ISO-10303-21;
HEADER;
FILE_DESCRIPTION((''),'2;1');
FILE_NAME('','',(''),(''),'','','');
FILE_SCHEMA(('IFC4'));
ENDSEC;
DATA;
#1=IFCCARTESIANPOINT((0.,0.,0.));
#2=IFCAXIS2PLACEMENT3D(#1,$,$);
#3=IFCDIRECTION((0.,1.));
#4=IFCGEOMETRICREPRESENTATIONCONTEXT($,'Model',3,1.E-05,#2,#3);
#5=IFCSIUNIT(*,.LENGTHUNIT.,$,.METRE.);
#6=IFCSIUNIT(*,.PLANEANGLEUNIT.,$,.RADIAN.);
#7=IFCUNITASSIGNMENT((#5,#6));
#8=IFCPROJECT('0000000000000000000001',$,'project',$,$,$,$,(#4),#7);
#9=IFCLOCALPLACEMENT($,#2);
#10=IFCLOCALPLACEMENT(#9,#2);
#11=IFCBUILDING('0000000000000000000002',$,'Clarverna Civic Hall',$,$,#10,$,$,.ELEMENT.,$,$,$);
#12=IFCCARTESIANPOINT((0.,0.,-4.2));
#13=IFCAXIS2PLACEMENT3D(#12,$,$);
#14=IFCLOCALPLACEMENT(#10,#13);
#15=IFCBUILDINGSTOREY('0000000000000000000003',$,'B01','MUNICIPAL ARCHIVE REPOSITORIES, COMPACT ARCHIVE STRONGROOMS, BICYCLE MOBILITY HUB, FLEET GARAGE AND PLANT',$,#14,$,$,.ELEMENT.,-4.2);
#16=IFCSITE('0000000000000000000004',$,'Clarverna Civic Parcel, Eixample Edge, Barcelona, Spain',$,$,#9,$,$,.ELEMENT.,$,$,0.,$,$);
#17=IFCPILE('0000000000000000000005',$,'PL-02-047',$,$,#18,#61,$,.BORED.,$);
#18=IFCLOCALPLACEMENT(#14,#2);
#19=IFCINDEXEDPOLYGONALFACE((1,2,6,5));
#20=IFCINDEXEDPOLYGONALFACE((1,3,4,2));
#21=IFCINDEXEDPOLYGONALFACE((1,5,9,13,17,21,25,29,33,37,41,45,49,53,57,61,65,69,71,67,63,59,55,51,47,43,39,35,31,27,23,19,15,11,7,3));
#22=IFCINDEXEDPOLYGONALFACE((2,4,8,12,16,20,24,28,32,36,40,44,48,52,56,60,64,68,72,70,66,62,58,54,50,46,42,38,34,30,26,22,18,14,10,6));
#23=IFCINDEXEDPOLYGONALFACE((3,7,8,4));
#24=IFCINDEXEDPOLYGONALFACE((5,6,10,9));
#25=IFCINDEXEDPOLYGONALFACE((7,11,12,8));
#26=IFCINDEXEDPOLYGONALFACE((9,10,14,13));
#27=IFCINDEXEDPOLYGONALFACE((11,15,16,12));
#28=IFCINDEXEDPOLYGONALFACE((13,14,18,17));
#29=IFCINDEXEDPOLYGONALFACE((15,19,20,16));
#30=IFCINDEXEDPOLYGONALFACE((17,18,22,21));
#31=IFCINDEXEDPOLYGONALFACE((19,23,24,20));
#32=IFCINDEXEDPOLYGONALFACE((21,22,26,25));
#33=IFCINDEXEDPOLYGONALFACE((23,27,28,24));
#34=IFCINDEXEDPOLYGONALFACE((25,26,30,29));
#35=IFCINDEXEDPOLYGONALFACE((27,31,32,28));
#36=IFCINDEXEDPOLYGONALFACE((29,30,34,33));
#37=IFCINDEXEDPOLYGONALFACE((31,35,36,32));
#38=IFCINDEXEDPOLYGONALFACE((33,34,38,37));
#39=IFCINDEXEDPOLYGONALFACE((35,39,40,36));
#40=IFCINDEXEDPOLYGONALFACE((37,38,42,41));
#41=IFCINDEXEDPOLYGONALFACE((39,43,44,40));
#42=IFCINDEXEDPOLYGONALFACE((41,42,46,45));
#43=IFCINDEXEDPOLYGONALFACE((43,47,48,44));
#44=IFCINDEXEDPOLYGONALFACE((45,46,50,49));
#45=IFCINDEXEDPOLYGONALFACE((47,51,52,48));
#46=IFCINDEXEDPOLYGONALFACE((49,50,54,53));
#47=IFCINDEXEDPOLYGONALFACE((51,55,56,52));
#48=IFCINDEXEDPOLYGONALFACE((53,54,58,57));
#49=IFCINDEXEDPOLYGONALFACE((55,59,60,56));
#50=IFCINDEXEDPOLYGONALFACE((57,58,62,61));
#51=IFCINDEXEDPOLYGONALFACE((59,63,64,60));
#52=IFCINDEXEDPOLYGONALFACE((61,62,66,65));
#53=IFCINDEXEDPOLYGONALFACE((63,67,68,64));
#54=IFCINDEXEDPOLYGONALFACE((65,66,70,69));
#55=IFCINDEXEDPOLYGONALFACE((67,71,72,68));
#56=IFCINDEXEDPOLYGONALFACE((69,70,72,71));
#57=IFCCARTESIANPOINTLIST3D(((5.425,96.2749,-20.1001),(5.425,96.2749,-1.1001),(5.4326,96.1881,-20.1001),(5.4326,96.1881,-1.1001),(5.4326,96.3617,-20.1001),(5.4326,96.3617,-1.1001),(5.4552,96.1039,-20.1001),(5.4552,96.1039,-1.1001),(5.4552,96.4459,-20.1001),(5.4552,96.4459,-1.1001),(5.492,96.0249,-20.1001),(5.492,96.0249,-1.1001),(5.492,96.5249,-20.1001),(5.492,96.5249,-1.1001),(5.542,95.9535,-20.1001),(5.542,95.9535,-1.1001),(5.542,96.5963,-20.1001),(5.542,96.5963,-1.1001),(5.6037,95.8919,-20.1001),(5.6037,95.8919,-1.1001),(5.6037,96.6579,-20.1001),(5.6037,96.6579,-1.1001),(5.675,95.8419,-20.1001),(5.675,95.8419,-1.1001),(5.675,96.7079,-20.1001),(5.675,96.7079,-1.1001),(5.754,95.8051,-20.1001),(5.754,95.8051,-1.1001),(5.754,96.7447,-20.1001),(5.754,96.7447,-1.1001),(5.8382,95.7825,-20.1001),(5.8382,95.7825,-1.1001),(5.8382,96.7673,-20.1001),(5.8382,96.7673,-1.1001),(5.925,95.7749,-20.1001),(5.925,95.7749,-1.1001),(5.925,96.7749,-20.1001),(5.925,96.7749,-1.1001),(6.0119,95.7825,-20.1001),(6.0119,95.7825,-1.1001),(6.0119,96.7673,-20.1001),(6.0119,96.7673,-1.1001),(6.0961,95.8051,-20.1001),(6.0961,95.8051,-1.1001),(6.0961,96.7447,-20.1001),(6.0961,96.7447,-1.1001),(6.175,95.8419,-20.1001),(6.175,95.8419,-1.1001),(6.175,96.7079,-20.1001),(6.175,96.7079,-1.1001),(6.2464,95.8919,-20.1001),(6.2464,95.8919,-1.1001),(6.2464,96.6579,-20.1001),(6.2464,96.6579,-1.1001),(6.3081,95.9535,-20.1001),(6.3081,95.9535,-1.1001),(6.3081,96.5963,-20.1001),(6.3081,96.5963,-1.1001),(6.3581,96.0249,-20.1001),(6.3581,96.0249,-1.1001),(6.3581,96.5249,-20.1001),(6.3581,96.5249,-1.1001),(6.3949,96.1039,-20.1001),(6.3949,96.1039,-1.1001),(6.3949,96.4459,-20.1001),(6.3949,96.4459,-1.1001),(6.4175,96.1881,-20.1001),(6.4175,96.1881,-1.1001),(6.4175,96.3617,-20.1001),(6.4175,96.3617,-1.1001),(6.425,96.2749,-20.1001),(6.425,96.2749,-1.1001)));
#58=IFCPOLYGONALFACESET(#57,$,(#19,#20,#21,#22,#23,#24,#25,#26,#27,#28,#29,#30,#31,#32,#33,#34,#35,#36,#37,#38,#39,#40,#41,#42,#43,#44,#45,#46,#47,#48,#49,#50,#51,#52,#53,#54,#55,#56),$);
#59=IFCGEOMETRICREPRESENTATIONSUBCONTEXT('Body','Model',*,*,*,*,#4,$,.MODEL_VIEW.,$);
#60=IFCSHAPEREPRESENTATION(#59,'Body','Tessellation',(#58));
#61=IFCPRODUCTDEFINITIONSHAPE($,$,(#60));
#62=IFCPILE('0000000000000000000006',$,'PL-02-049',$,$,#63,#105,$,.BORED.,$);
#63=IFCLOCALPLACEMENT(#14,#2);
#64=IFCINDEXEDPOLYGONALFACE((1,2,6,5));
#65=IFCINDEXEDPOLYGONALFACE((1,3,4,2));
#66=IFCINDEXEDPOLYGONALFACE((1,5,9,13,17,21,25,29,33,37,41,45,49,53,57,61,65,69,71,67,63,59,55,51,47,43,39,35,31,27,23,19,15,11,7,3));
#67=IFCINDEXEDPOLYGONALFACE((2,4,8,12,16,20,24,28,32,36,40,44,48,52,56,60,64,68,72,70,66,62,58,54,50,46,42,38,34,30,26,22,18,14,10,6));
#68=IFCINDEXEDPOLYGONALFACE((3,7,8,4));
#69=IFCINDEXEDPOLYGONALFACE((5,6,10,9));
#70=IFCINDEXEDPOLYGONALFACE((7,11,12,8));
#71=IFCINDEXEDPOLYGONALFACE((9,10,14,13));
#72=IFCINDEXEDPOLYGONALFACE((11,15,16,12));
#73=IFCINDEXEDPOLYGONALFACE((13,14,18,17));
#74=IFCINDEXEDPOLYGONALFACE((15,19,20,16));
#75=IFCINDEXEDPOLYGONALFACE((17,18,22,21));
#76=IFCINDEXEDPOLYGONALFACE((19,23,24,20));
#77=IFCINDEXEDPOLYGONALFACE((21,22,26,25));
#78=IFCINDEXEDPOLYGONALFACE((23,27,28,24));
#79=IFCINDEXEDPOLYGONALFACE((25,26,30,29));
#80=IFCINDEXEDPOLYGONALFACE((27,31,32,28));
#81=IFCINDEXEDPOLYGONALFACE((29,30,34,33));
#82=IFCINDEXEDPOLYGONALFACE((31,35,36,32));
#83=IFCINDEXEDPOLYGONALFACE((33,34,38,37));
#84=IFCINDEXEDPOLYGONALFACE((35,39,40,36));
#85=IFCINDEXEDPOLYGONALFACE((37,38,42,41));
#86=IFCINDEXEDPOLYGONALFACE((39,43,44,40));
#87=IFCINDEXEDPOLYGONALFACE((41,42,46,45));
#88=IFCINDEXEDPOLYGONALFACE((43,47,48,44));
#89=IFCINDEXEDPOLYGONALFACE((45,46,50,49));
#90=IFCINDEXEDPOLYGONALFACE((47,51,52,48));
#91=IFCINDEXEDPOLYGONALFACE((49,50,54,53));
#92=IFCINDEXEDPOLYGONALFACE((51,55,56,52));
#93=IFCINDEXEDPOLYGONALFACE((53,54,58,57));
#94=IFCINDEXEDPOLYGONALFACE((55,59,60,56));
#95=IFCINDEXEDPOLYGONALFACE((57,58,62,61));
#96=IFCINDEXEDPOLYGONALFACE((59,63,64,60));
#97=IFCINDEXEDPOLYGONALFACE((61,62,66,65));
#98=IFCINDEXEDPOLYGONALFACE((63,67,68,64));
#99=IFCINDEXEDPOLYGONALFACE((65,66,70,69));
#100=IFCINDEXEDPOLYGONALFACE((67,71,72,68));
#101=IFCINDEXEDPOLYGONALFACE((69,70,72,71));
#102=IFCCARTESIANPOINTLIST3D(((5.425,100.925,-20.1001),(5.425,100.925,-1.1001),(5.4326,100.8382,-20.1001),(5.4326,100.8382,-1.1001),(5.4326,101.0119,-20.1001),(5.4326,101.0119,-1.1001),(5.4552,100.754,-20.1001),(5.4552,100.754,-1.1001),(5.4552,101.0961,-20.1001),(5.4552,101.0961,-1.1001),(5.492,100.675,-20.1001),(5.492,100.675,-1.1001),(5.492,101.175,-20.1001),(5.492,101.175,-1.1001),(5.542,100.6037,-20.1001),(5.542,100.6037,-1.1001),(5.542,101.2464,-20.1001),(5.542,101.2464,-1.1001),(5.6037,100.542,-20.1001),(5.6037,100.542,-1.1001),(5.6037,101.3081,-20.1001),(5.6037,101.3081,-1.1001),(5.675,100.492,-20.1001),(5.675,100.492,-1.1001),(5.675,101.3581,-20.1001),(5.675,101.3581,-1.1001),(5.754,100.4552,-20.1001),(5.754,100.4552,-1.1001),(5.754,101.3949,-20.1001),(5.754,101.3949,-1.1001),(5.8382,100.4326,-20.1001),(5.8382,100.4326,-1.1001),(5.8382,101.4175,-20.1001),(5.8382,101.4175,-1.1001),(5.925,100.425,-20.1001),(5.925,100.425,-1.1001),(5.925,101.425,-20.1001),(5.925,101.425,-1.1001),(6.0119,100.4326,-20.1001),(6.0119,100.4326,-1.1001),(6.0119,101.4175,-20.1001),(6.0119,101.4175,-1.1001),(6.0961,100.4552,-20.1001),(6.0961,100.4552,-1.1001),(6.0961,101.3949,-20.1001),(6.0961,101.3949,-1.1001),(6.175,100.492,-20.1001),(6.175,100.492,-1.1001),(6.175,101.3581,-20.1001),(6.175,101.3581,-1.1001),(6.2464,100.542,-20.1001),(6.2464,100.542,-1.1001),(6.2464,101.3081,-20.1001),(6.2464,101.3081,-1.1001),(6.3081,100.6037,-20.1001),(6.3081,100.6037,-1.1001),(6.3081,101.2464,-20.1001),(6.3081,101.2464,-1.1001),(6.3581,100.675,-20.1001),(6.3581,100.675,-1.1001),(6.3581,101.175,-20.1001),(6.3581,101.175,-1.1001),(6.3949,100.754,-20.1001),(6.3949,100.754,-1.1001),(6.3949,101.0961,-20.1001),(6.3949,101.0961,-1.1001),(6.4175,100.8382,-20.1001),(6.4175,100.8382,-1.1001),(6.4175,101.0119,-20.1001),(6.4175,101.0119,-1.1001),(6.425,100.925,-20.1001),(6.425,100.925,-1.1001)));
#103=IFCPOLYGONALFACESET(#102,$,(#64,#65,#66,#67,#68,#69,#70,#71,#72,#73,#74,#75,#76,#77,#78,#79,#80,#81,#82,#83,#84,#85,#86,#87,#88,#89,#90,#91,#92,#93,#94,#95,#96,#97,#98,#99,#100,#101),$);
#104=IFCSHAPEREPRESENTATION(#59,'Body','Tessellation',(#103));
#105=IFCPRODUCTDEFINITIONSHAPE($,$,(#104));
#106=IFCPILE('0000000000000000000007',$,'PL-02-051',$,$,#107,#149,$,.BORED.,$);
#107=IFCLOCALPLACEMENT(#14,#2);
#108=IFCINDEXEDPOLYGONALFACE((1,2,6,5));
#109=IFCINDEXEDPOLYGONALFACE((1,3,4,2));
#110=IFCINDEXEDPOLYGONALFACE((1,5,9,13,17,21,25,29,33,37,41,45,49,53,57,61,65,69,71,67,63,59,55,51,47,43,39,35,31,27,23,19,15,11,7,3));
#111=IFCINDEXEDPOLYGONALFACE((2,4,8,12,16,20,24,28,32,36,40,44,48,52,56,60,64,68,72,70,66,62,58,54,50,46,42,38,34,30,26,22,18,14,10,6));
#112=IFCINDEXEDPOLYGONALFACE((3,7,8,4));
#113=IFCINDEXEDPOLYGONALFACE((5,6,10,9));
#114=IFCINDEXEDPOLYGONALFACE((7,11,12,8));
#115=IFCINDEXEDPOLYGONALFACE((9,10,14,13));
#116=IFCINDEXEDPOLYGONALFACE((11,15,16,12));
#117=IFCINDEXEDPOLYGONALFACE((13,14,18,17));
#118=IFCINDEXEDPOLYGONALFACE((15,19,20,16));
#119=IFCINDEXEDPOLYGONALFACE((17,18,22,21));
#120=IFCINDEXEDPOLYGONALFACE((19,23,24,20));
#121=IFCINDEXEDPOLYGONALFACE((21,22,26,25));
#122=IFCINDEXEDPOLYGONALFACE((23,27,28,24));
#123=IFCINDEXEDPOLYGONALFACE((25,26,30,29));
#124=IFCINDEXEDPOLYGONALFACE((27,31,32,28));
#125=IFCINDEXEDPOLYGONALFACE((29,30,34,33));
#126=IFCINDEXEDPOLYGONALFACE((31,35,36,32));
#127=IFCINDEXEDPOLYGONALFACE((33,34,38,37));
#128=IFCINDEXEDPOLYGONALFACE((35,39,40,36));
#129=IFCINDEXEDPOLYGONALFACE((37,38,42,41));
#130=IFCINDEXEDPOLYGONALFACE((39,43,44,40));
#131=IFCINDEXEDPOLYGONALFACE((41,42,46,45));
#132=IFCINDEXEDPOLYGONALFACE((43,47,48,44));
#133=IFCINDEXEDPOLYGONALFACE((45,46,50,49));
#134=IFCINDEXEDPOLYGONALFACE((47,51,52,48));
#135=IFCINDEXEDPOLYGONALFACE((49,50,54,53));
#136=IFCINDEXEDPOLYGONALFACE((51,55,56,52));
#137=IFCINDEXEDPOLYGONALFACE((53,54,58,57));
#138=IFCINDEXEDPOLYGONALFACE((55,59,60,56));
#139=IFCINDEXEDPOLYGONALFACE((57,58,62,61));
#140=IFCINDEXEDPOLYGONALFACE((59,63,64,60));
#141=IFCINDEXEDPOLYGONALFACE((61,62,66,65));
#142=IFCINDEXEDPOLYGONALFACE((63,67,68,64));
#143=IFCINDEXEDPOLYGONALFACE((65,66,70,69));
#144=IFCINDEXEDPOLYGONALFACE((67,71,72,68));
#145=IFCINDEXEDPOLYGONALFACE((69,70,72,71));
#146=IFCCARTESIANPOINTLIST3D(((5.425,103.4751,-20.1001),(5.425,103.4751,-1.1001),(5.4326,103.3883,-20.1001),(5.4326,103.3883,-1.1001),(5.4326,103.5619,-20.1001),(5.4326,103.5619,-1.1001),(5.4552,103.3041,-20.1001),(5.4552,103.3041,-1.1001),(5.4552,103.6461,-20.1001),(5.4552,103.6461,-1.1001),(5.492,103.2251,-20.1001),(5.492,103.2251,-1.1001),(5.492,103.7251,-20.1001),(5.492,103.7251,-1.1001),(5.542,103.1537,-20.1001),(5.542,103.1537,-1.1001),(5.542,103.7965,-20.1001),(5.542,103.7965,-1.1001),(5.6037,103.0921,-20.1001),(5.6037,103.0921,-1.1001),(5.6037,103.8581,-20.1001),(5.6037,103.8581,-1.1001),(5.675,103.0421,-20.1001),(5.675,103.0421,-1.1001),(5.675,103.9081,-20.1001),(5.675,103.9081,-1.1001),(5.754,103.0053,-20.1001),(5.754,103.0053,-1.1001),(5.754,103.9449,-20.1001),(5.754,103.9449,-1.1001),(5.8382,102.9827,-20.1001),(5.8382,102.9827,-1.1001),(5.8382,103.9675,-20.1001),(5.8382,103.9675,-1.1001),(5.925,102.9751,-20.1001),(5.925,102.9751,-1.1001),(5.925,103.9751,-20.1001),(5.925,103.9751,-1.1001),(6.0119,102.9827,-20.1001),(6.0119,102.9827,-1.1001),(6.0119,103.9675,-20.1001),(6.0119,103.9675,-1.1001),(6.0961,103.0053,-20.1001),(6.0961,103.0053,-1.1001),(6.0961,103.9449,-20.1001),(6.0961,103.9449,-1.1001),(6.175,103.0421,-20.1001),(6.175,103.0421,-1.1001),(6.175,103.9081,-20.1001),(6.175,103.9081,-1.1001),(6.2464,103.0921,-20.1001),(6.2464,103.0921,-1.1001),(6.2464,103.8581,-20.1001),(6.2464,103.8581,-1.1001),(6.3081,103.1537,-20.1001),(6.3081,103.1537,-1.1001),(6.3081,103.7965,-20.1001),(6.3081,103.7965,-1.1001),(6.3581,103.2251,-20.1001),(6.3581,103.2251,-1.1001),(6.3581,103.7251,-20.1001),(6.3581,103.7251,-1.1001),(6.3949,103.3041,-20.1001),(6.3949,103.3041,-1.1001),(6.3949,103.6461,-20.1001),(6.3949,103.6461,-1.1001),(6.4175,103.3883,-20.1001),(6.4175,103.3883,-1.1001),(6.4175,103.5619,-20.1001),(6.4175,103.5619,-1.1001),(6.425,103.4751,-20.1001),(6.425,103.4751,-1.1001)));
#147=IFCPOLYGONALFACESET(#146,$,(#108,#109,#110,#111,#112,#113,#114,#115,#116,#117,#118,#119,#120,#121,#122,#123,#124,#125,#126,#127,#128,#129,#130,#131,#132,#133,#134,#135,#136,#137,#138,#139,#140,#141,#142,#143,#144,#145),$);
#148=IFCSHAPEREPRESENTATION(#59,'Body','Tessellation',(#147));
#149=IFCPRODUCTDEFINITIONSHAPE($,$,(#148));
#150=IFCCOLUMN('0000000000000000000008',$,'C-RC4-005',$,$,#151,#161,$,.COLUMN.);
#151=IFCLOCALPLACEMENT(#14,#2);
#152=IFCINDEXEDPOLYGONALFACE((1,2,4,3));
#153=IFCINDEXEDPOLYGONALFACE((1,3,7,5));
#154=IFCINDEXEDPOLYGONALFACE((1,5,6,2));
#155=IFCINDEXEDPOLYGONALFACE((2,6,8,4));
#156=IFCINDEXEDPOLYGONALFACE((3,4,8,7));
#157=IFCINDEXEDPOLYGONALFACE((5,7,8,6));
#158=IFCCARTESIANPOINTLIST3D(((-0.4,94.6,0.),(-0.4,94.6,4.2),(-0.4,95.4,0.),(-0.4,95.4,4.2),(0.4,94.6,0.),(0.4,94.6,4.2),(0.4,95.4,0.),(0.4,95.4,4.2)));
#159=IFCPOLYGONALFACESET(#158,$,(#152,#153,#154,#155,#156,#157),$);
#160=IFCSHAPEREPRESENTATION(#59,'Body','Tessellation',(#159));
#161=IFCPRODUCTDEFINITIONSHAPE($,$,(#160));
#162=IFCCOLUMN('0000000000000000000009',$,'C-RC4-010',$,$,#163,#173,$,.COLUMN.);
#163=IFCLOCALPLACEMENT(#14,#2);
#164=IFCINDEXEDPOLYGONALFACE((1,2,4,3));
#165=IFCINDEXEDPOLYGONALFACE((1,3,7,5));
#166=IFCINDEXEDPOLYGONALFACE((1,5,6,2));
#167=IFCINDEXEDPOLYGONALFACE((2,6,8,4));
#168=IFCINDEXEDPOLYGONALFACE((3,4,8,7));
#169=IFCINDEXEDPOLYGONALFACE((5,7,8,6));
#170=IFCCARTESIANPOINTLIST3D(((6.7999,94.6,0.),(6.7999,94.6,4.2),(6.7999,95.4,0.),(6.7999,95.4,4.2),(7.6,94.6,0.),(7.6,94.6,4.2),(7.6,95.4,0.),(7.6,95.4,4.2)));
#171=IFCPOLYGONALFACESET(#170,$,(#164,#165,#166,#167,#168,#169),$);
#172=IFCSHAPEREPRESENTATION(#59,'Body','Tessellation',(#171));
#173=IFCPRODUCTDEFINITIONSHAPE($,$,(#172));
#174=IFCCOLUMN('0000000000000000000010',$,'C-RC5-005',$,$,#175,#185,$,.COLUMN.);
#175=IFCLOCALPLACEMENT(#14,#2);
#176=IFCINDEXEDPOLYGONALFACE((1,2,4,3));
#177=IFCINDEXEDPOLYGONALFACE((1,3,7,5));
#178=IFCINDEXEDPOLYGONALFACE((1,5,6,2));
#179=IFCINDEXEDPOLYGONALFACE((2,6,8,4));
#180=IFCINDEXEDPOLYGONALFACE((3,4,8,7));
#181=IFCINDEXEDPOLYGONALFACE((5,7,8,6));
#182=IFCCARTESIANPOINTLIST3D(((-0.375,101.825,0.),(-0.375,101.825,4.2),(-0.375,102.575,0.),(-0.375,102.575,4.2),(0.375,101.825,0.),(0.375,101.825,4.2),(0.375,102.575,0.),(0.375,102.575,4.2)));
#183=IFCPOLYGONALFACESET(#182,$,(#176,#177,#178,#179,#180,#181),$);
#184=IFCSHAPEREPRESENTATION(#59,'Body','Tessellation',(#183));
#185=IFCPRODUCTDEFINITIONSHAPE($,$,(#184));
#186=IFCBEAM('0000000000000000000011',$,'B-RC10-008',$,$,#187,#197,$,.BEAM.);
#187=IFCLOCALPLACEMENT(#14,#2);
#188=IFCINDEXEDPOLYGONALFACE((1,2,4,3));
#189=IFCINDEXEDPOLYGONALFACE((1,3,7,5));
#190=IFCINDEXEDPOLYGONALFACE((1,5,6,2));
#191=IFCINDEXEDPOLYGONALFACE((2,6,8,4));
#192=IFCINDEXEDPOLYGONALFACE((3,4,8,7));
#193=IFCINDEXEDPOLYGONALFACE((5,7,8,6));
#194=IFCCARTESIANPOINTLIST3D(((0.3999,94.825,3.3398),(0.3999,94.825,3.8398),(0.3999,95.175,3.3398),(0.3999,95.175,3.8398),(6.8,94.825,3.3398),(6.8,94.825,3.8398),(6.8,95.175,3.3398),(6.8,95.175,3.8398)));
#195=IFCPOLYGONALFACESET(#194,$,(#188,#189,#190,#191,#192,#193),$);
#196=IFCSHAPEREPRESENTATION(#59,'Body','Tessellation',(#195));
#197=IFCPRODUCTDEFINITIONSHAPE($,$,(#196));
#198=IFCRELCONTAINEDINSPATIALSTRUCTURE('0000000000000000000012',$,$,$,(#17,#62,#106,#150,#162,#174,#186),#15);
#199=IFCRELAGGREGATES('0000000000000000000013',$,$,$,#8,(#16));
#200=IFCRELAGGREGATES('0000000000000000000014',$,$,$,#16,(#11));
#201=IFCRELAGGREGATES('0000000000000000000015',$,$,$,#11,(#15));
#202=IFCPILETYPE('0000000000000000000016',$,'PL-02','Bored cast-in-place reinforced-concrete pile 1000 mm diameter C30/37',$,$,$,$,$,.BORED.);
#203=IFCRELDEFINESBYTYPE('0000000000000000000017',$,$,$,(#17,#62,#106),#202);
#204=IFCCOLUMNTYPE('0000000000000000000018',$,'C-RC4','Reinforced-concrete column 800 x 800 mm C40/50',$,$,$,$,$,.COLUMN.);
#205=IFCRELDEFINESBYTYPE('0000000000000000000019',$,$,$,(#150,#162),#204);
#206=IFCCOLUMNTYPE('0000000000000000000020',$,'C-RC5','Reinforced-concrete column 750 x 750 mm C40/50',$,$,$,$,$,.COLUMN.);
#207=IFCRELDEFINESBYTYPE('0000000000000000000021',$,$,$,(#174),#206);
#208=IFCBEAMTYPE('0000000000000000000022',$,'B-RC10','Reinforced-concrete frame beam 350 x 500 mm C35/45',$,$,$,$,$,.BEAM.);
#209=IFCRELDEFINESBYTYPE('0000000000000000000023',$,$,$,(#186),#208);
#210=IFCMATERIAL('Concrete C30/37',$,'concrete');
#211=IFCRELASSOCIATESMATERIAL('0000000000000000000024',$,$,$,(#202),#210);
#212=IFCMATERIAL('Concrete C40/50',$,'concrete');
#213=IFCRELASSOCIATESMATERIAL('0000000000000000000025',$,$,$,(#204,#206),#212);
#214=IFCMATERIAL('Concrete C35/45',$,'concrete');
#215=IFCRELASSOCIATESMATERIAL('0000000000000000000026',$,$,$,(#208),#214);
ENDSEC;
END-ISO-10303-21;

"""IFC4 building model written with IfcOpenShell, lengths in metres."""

from ifc_helpers import new_model, si_unit, direction, frame, origin, origin_2d, place, context, subcontext, project, spatial, rectangle, circle, extrude, material, material_profile, profile_set, type_object, element, save


model = new_model("IFC4")

# Units and contexts
model_context = context("Model", 3, precision=1e-05, world=origin(), true_north=direction((0.0, 1.0)))
body_context = subcontext(model_context, "Body", "Model", "MODEL_VIEW")
ifc_project = project(units=[si_unit("LENGTHUNIT", "METRE"), si_unit("PLANEANGLEUNIT", "RADIAN")], contexts=[model_context])

# Site, building, storey
site_placement = place(None, origin())
site = spatial("IfcSite", under=ifc_project, at=site_placement, Name="Clarverna Civic Parcel, Eixample Edge, Barcelona, Spain", CompositionType="ELEMENT", RefElevation=0.0)
building_placement = place(site_placement, origin())
building = spatial("IfcBuilding", under=site, at=building_placement, Name="Clarverna Civic Hall", CompositionType="ELEMENT")
storey_placement = place(building_placement, frame((0.0, 0.0, -4.2)))
storey = spatial("IfcBuildingStorey", under=building, at=storey_placement, Name="B01", Description="MUNICIPAL ARCHIVE REPOSITORIES, COMPACT ARCHIVE STRONGROOMS, BICYCLE MOBILITY HUB, FLEET GARAGE AND PLANT", CompositionType="ELEMENT", Elevation=-4.2)

# Shared definitions
ifc_material_1 = material(Name="Concrete C30/37", Category="concrete")

# Piles
ifc_material_profile_1 = material_profile(ifc_material_1, circle(Radius=0.5, at=origin_2d()), Name="BORED PILE D1000")
ifc_profile_set_1 = profile_set([ifc_material_profile_1], Name="Concrete C30/37")
pile_type = type_object("IfcPileType", Name="PL-02", Description="Bored cast-in-place reinforced-concrete pile 1000 mm diameter C30/37", PredefinedType="BORED", material=ifc_profile_set_1)
for number, where, z_axis, x_axis, name in (
    (1, (5.925, 96.2749, -1.1001), (0.0, 0.0, -1.0), (1.0, 0.0, 0.0), "PL-02-047"),
    (2, (5.925, 100.925, -1.1001), (0.0, 0.0, -1.0), (1.0, 0.0, 0.0), "PL-02-049"),
    (3, (5.925, 103.4751, -1.1001), (0.0, 0.0, -1.0), (1.0, 0.0, 0.0), "PL-02-051"),
):
    element("IfcPile", number, at=place(storey_placement, frame(where, z_axis=z_axis, x_axis=x_axis)), inside=storey, type_object=pile_type, Name=name, PredefinedType="BORED", context=body_context, shape_type="SweptSolid", body=[
        extrude(circle(Radius=0.5, at=origin_2d()), origin(), (0.0, 0.0, 1.0), 19.0),
    ])

# Columns
ifc_material_2 = material(Name="Concrete C40/50", Category="concrete")
ifc_material_profile_2 = material_profile(ifc_material_2, rectangle(XDim=0.8, YDim=0.8, at=origin_2d()), Name="RC 800x800")
ifc_profile_set_2 = profile_set([ifc_material_profile_2], Name="Concrete C40/50")
column_type_1 = type_object("IfcColumnType", Name="C-RC4", Description="Reinforced-concrete column 800 x 800 mm C40/50", PredefinedType="COLUMN", material=ifc_profile_set_2)
for number, where, z_axis, x_axis, name in (
    (4, (0.0, 95.0, 0.0), (0.0, 0.0, 1.0), (1.0, 0.0, 0.0), "C-RC4-005"),
    (5, (7.2, 95.0, 0.0), (0.0, 0.0, 1.0), (1.0, 0.0, 0.0), "C-RC4-010"),
):
    element("IfcColumn", number, at=place(storey_placement, frame(where, z_axis=z_axis, x_axis=x_axis)), inside=storey, type_object=column_type_1, Name=name, PredefinedType="COLUMN", context=body_context, shape_type="SweptSolid", body=[
        extrude(rectangle(XDim=0.8, YDim=0.8, at=origin_2d()), origin(), (0.0, 0.0, 1.0), 4.2),
    ])
ifc_material_profile_3 = material_profile(ifc_material_2, rectangle(XDim=0.75, YDim=0.75, at=origin_2d()), Name="RC 750x750")
ifc_profile_set_3 = profile_set([ifc_material_profile_3], Name="Concrete C40/50")
column_type_2 = type_object("IfcColumnType", Name="C-RC5", Description="Reinforced-concrete column 750 x 750 mm C40/50", PredefinedType="COLUMN", material=ifc_profile_set_3)
column_placement = place(storey_placement, frame((0.0, 102.2, 0.0), z_axis=(0.0, 0.0, 1.0), x_axis=(1.0, 0.0, 0.0)))
element("IfcColumn", 6, at=column_placement, inside=storey, type_object=column_type_2, Name="C-RC5-005", PredefinedType="COLUMN", context=body_context, shape_type="SweptSolid", body=[
    extrude(rectangle(XDim=0.75, YDim=0.75, at=origin_2d()), origin(), (0.0, 0.0, 1.0), 4.2),
])

# Beam
ifc_material_3 = material(Name="Concrete C35/45", Category="concrete")
ifc_material_profile_4 = material_profile(ifc_material_3, rectangle(XDim=0.3501, YDim=0.5, at=origin_2d()), Name="RC 350x500")
ifc_profile_set_4 = profile_set([ifc_material_profile_4], Name="Concrete C35/45")
beam_type_1 = type_object("IfcBeamType", Name="B-RC10", Description="Reinforced-concrete frame beam 350 x 500 mm C35/45", PredefinedType="BEAM", material=ifc_profile_set_4)
beam_1_placement = place(storey_placement, frame((0.3999, 95.0, 3.5898), z_axis=(1.0, 0.0, 0.0), x_axis=(0.0, 1.0, 0.0)))
element("IfcBeam", 7, at=beam_1_placement, inside=storey, type_object=beam_type_1, Name="B-RC10-008", PredefinedType="BEAM", context=body_context, shape_type="SweptSolid", body=[
    extrude(rectangle(XDim=0.3501, YDim=0.5, at=origin_2d()), origin(), (0.0, 0.0, 1.0), 6.4001),
])

save(model, "model.ifc")
